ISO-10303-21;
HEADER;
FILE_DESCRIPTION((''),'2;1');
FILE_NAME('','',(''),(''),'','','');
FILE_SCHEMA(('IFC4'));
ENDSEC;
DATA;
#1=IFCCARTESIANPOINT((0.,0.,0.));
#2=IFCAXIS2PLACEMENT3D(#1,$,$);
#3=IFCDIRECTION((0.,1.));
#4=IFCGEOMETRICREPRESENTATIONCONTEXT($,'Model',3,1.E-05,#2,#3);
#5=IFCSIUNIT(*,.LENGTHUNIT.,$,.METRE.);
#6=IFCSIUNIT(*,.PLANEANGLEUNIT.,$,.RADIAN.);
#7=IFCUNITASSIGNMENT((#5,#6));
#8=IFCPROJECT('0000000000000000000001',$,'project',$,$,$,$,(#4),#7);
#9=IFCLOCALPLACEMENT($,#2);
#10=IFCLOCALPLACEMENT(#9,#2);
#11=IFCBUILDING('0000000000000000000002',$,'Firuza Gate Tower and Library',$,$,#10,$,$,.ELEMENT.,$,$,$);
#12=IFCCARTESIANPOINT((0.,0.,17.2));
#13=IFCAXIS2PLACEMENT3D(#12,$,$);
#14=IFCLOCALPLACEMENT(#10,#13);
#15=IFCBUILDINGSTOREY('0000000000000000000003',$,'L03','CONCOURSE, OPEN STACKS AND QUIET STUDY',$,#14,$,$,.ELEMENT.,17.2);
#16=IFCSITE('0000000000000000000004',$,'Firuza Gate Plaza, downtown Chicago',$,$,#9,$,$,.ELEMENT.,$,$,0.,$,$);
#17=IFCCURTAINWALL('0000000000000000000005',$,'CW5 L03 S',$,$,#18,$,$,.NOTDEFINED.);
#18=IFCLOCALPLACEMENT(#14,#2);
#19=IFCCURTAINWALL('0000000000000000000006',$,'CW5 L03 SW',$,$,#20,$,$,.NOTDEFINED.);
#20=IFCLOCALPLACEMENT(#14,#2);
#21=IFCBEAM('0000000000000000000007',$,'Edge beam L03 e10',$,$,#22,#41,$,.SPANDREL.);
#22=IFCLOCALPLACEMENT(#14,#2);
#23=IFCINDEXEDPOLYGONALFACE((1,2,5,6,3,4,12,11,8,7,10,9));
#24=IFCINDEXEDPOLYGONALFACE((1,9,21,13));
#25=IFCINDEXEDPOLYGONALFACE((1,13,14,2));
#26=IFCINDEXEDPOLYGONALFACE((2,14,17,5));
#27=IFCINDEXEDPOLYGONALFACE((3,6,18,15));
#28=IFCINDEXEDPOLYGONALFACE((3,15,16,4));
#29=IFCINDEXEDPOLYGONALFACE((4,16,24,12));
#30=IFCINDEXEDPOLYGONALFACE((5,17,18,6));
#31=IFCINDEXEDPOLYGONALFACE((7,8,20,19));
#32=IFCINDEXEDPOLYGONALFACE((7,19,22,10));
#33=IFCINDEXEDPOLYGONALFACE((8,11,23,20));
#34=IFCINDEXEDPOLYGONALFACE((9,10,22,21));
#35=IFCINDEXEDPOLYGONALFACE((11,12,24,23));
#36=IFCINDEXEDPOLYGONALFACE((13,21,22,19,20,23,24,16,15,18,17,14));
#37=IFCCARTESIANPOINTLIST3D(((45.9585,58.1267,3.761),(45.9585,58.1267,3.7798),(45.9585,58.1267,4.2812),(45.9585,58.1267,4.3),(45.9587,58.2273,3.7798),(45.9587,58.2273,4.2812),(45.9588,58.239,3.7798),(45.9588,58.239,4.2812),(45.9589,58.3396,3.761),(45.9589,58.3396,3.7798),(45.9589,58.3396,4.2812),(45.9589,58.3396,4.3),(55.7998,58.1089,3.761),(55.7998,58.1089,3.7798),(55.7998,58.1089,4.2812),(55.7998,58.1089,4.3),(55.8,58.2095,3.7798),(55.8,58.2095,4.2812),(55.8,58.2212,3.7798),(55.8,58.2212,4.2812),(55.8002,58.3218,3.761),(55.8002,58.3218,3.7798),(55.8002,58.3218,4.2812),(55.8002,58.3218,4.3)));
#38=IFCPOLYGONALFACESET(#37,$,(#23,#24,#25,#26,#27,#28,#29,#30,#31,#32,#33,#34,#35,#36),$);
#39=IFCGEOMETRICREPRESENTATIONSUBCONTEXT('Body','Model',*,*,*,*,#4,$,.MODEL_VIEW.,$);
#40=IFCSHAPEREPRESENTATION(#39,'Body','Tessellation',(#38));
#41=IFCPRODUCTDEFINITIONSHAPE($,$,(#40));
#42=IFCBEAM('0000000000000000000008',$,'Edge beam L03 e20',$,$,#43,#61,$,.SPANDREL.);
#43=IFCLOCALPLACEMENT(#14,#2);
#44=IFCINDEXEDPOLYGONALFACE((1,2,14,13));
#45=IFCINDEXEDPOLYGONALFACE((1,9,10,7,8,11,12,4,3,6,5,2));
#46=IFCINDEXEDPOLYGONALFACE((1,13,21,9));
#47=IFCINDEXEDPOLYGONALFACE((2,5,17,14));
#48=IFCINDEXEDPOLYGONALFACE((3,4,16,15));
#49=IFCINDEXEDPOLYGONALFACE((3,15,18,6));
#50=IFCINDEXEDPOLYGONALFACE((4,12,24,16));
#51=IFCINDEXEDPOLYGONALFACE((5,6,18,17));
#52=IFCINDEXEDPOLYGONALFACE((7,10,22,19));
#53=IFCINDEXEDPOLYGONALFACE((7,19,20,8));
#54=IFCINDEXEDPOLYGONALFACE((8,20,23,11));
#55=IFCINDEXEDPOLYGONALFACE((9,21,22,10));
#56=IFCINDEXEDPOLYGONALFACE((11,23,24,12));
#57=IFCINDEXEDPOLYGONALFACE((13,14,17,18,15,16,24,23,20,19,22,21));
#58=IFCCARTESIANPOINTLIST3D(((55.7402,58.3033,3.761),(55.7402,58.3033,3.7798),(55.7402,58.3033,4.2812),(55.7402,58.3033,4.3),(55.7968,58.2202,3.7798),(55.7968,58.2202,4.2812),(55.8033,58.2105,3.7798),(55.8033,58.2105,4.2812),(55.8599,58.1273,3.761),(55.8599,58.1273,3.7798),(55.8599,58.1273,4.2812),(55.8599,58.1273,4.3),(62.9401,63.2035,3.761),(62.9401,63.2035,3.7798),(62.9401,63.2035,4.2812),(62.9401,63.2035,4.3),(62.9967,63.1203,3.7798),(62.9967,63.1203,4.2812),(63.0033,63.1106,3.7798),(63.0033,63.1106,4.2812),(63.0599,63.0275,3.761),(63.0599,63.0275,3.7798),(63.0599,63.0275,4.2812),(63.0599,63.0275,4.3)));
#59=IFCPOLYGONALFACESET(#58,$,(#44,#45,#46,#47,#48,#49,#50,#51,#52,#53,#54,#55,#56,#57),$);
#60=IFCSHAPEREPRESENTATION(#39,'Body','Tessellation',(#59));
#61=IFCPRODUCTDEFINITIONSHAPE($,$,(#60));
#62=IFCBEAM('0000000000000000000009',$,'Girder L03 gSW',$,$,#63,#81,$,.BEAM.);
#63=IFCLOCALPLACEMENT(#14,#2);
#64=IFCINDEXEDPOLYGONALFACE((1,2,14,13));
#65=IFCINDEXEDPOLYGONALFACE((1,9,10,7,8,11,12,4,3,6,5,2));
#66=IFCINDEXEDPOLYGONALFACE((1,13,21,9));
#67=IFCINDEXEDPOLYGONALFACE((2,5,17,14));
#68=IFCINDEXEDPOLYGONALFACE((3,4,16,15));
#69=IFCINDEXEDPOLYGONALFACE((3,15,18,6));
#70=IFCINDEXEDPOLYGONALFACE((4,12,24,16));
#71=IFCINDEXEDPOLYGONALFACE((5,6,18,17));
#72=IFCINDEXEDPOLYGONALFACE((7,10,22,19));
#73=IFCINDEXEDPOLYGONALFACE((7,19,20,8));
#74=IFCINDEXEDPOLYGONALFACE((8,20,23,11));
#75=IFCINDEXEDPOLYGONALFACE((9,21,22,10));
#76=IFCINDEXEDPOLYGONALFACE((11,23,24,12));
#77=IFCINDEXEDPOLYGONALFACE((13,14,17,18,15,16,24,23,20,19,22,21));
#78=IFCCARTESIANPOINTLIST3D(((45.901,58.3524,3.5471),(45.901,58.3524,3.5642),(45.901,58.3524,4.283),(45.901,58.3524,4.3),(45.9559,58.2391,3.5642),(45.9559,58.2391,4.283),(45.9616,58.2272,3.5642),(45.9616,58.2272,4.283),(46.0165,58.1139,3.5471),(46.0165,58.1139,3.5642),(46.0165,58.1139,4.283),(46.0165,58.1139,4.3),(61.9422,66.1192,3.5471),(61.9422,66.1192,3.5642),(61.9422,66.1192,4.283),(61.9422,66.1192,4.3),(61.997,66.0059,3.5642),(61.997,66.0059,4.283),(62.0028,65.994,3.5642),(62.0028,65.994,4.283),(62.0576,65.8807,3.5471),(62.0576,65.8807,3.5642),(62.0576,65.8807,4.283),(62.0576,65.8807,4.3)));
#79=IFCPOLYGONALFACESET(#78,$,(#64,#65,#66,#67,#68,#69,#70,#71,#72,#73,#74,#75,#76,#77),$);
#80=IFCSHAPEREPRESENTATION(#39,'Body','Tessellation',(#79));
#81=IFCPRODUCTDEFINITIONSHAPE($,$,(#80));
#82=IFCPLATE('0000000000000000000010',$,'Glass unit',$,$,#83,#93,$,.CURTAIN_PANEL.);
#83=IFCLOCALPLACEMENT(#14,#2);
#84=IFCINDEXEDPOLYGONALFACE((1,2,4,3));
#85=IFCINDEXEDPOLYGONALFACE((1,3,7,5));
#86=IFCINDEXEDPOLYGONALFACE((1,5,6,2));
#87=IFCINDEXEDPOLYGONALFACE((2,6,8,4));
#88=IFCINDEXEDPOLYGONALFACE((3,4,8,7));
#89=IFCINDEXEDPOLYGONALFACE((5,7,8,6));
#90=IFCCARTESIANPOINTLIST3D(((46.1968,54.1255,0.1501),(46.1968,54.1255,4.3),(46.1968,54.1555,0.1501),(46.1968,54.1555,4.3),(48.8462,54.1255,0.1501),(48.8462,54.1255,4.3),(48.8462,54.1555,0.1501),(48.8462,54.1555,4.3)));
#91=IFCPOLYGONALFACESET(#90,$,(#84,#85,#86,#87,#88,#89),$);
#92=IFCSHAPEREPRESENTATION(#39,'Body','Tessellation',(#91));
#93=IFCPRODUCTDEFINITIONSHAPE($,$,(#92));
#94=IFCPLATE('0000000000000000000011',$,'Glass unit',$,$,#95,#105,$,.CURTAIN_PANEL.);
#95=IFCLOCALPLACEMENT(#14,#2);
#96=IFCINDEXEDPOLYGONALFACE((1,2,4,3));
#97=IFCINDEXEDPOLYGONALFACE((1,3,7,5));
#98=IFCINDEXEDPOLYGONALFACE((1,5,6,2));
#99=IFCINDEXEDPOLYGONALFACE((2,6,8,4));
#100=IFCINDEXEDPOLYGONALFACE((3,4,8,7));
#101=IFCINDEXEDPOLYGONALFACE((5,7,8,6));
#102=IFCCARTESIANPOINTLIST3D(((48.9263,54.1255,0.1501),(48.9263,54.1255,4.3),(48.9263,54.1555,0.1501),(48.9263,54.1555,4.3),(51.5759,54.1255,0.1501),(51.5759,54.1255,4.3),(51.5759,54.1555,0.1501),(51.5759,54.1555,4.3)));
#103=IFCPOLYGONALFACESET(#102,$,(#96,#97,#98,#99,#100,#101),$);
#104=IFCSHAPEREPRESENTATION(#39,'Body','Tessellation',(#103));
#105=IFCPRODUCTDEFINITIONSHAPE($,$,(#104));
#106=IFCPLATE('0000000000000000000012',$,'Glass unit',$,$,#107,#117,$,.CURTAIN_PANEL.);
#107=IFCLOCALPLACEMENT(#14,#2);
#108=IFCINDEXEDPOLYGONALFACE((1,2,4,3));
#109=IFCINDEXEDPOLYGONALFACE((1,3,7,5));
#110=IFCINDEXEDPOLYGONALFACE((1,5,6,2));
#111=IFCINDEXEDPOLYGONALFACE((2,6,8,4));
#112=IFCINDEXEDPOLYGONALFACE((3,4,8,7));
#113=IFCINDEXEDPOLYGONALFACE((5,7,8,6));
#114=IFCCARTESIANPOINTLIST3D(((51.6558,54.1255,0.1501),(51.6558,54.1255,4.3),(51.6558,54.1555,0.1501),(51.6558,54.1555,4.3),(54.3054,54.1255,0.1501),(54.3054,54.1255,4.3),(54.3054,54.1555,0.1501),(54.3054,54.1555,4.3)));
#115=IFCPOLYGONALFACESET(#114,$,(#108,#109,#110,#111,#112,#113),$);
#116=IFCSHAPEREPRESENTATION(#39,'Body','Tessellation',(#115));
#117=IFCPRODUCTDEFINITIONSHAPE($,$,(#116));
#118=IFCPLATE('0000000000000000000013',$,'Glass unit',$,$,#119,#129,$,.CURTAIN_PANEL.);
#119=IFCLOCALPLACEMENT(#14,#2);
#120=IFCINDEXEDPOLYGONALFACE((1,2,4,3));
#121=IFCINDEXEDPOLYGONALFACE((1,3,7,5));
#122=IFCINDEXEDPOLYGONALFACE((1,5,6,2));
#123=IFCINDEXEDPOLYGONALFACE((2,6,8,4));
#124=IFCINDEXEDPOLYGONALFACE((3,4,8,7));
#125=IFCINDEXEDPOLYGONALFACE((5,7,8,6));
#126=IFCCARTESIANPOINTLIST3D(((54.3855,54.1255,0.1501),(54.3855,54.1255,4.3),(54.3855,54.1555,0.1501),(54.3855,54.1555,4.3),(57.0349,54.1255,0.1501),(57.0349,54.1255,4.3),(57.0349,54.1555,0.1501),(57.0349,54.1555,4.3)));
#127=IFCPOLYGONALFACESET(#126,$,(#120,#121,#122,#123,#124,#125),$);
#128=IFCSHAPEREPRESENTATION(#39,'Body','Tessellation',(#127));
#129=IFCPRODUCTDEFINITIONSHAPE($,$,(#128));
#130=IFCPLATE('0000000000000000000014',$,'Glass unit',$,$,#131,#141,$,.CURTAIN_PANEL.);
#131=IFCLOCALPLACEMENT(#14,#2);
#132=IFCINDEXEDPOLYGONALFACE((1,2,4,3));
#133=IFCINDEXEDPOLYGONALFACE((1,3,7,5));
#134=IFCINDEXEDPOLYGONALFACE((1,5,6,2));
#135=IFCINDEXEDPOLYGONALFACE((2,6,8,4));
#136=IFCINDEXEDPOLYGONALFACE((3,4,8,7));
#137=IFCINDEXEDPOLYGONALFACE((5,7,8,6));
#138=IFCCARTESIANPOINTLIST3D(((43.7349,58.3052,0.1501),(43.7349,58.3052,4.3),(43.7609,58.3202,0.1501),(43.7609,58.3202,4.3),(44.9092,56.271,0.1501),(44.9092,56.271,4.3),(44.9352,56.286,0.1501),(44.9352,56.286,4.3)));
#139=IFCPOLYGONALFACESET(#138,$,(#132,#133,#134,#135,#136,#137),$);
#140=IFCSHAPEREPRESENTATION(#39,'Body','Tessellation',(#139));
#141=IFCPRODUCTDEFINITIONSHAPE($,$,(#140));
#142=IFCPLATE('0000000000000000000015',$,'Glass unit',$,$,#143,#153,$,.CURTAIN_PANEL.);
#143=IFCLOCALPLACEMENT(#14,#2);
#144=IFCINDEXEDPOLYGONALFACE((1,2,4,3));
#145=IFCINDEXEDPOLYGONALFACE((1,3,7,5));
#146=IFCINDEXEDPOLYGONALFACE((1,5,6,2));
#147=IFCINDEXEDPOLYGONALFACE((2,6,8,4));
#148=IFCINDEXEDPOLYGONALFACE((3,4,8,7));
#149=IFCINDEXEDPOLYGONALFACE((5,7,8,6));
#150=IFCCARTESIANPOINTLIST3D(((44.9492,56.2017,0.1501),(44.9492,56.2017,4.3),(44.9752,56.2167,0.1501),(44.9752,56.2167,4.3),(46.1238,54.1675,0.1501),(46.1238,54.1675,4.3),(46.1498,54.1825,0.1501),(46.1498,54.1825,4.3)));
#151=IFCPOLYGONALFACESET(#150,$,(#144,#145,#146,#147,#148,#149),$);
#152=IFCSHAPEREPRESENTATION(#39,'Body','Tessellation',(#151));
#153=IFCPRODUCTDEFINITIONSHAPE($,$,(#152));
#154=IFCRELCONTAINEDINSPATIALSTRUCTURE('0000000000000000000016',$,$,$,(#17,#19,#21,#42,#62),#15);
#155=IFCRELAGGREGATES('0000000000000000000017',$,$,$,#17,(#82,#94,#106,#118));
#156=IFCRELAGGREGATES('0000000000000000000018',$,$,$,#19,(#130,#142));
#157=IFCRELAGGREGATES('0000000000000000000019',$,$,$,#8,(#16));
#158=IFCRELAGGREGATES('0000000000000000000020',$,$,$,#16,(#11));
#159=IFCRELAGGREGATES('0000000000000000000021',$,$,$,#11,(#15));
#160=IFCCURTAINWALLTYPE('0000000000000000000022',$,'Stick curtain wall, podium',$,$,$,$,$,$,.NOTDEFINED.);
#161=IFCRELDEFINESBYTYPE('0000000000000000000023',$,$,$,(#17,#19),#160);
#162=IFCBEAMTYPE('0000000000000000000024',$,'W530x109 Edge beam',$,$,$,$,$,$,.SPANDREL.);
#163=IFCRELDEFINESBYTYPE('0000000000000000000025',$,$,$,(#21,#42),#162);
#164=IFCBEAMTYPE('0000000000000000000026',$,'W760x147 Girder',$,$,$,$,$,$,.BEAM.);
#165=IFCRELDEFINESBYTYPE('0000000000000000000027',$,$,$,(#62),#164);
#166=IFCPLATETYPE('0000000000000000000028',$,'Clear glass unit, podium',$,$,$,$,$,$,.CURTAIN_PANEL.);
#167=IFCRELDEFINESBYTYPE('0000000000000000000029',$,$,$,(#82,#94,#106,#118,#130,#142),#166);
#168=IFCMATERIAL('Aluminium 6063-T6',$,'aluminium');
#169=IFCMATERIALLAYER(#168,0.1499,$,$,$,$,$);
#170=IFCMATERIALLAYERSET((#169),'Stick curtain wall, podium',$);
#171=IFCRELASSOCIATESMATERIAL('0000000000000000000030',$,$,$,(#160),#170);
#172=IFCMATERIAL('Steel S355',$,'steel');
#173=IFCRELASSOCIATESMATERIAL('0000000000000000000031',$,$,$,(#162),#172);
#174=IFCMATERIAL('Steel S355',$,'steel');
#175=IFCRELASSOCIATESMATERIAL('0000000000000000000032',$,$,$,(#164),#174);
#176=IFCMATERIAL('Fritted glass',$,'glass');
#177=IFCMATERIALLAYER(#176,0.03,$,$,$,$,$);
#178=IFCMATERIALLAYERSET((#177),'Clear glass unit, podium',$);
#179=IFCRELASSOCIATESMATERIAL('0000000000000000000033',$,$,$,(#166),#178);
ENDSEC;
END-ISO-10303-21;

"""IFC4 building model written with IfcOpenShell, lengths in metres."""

from ifc_helpers import new_model, si_unit, direction, frame, origin, origin_2d, place, context, subcontext, project, spatial, polyline, i_section, outline, extrude, material, layer, layer_set, material_profile, profile_set, type_object, element, aggregate, save


model = new_model("IFC4")

# Units and contexts
model_context = context("Model", 3, precision=1e-05, world=origin(), true_north=direction((0.0, 1.0)))
body_context = subcontext(model_context, "Body", "Model", "MODEL_VIEW")
ifc_project = project(units=[si_unit("LENGTHUNIT", "METRE"), si_unit("PLANEANGLEUNIT", "RADIAN")], contexts=[model_context])

# Site, building, storey
site_placement = place(None, origin())
site = spatial("IfcSite", under=ifc_project, at=site_placement, Name="Firuza Gate Plaza, downtown Chicago", CompositionType="ELEMENT", RefElevation=0.0)
building_placement = place(site_placement, origin())
building = spatial("IfcBuilding", under=site, at=building_placement, Name="Firuza Gate Tower and Library", CompositionType="ELEMENT")
storey_placement = place(building_placement, frame((0.0, 0.0, 17.2)))
storey = spatial("IfcBuildingStorey", under=building, at=storey_placement, Name="L03", Description="CONCOURSE, OPEN STACKS AND QUIET STUDY", CompositionType="ELEMENT", Elevation=17.2)

# Curtain walls
ifc_material_1 = material(Name="Aluminium 6063-T6", Category="aluminium")
ifc_layer_1 = layer(ifc_material_1, 0.1499)
ifc_layer_set_1 = layer_set([ifc_layer_1], Name="Stick curtain wall, podium")
curtain_wall_type = type_object("IfcCurtainWallType", Name="Stick curtain wall, podium", PredefinedType="NOTDEFINED", material=ifc_layer_set_1)
placement_1 = place(storey_placement, origin())
curtain_wall_1 = element("IfcCurtainWall", 1, at=placement_1, inside=storey, type_object=curtain_wall_type, Name="CW5 L03 S", PredefinedType="NOTDEFINED")
curtain_wall_2 = element("IfcCurtainWall", 2, at=placement_1, inside=storey, type_object=curtain_wall_type, Name="CW5 L03 SW", PredefinedType="NOTDEFINED")

# Beams
ifc_material_2 = material(Name="Steel S355", Category="steel")
ifc_material_profile_1 = material_profile(ifc_material_2, i_section(OverallWidth=0.2129, OverallDepth=0.5391, WebThickness=0.0117, FlangeThickness=0.0188, at=origin_2d()))
ifc_profile_set_1 = profile_set([ifc_material_profile_1], Name="Steel S355")
beam_type_1 = type_object("IfcBeamType", Name="W530x109 Edge beam", PredefinedType="SPANDREL", material=ifc_profile_set_1)
beam_1_placement = place(storey_placement, frame((45.9587, 58.2332, 4.0305), z_axis=(0.999998, -0.001811, 0.0), x_axis=(0.001811, 0.999998, 0.0)))
element("IfcBeam", 3, at=beam_1_placement, inside=storey, type_object=beam_type_1, Name="Edge beam L03 e10", PredefinedType="SPANDREL", context=body_context, shape_type="SweptSolid", body=[
    extrude(i_section(OverallWidth=0.2129, OverallDepth=0.5391, WebThickness=0.0117, FlangeThickness=0.0188, at=origin_2d()), origin(), (0.0, 0.0, 1.0), 9.8413),
])
beam_2_placement = place(storey_placement, frame((55.8, 58.2153, 4.0305), z_axis=(0.826703, 0.562638, 0.0), x_axis=(-0.562638, 0.826703, 0.0)))
element("IfcBeam", 4, at=beam_2_placement, inside=storey, type_object=beam_type_1, Name="Edge beam L03 e20", PredefinedType="SPANDREL", context=body_context, shape_type="SweptSolid", body=[
    extrude(i_section(OverallWidth=0.2129, OverallDepth=0.5391, WebThickness=0.0117, FlangeThickness=0.0188, at=origin_2d()), origin(), (0.0, 0.0, 1.0), 8.7092),
])
ifc_material_3 = material(Name="Steel S355", Category="steel")
ifc_material_profile_2 = material_profile(ifc_material_3, i_section(OverallWidth=0.2649, OverallDepth=0.7529, WebThickness=0.0132, FlangeThickness=0.0171, at=origin_2d()))
ifc_profile_set_2 = profile_set([ifc_material_profile_2], Name="Steel S355")
beam_type_2 = type_object("IfcBeamType", Name="W760x147 Girder", PredefinedType="BEAM", material=ifc_profile_set_2)
beam_3_placement = place(storey_placement, frame((45.9587, 58.2332, 3.9236), z_axis=(0.90005, 0.435786, 0.0), x_axis=(-0.435786, 0.90005, 0.0)))
element("IfcBeam", 5, at=beam_3_placement, inside=storey, type_object=beam_type_2, Name="Girder L03 gSW", PredefinedType="BEAM", context=body_context, shape_type="SweptSolid", body=[
    extrude(i_section(OverallWidth=0.2649, OverallDepth=0.7529, WebThickness=0.0132, FlangeThickness=0.0171, at=origin_2d()), origin(), (0.0, 0.0, 1.0), 17.8225),
])

# Plates
ifc_material_4 = material(Name="Fritted glass", Category="glass")
ifc_layer_2 = layer(ifc_material_4, 0.03)
ifc_layer_set_2 = layer_set([ifc_layer_2], Name="Clear glass unit, podium")
plate_type = type_object("IfcPlateType", Name="Clear glass unit, podium", PredefinedType="CURTAIN_PANEL", material=ifc_layer_set_2)
plate_1_placement = place(storey_placement, frame((46.1968, 54.1255, 0.1501), z_axis=(0.0, -1.0, 0.0), x_axis=(1.0, 0.0, 0.0)))
plate_1 = element("IfcPlate", 6, at=plate_1_placement, type_object=plate_type, Name="Glass unit", PredefinedType="CURTAIN_PANEL", context=body_context, shape_type="SweptSolid", body=[
    extrude(outline(polyline([(0.0, 0.0), (2.6494, 0.0), (2.6494, 4.1499), (0.0, 4.1499), (0.0, 0.0)])), origin(), (0.0, 0.0, -1.0), 0.03),
])
plate_2_placement = place(storey_placement, frame((48.9263, 54.1255, 0.1501), z_axis=(0.0, -1.0, 0.0), x_axis=(1.0, 0.0, 0.0)))
plate_2 = element("IfcPlate", 7, at=plate_2_placement, type_object=plate_type, Name="Glass unit", PredefinedType="CURTAIN_PANEL", context=body_context, shape_type="SweptSolid", body=[
    extrude(outline(polyline([(0.0, 0.0), (2.6497, 0.0), (2.6497, 4.1499), (0.0, 4.1499), (0.0, 0.0)])), origin(), (0.0, 0.0, -1.0), 0.03),
])
plate_3_placement = place(storey_placement, frame((51.6558, 54.1255, 0.1501), z_axis=(0.0, -1.0, 0.0), x_axis=(1.0, 0.0, 0.0)))
plate_3 = element("IfcPlate", 8, at=plate_3_placement, type_object=plate_type, Name="Glass unit", PredefinedType="CURTAIN_PANEL", context=body_context, shape_type="SweptSolid", body=[
    extrude(outline(polyline([(0.0, 0.0), (2.6497, 0.0), (2.6497, 4.1499), (0.0, 4.1499), (0.0, 0.0)])), origin(), (0.0, 0.0, -1.0), 0.03),
])
plate_4_placement = place(storey_placement, frame((54.3855, 54.1255, 0.1501), z_axis=(0.0, -1.0, 0.0), x_axis=(1.0, 0.0, 0.0)))
plate_4 = element("IfcPlate", 9, at=plate_4_placement, type_object=plate_type, Name="Glass unit", PredefinedType="CURTAIN_PANEL", context=body_context, shape_type="SweptSolid", body=[
    extrude(outline(polyline([(0.0, 0.0), (2.6494, 0.0), (2.6494, 4.1499), (0.0, 4.1499), (0.0, 0.0)])), origin(), (0.0, 0.0, -1.0), 0.03),
])
aggregate(curtain_wall_1, [plate_1, plate_2, plate_3, plate_4])
plate_5_placement = place(storey_placement, frame((43.7349, 58.3052, 0.1501), z_axis=(-0.866047, -0.499962, 0.0), x_axis=(0.499962, -0.866047, 0.0)))
plate_5 = element("IfcPlate", 10, at=plate_5_placement, type_object=plate_type, Name="Glass unit", PredefinedType="CURTAIN_PANEL", context=body_context, shape_type="SweptSolid", body=[
    extrude(outline(polyline([(0.0, 0.0), (2.3488, 0.0), (2.3488, 4.1499), (0.0, 4.1499), (0.0, 0.0)])), origin(), (0.0, 0.0, -1.0), 0.03),
])
plate_6_placement = place(storey_placement, frame((44.9492, 56.2017, 0.1501), z_axis=(-0.866002, -0.50004, 0.0), x_axis=(0.50004, -0.866002, 0.0)))
plate_6 = element("IfcPlate", 11, at=plate_6_placement, type_object=plate_type, Name="Glass unit", PredefinedType="CURTAIN_PANEL", context=body_context, shape_type="SweptSolid", body=[
    extrude(outline(polyline([(0.0, 0.0), (2.3489, 0.0), (2.3489, 4.1499), (0.0, 4.1499), (0.0, 0.0)])), origin(), (0.0, 0.0, -1.0), 0.03),
])
aggregate(curtain_wall_2, [plate_5, plate_6])

save(model, "model.ifc")
